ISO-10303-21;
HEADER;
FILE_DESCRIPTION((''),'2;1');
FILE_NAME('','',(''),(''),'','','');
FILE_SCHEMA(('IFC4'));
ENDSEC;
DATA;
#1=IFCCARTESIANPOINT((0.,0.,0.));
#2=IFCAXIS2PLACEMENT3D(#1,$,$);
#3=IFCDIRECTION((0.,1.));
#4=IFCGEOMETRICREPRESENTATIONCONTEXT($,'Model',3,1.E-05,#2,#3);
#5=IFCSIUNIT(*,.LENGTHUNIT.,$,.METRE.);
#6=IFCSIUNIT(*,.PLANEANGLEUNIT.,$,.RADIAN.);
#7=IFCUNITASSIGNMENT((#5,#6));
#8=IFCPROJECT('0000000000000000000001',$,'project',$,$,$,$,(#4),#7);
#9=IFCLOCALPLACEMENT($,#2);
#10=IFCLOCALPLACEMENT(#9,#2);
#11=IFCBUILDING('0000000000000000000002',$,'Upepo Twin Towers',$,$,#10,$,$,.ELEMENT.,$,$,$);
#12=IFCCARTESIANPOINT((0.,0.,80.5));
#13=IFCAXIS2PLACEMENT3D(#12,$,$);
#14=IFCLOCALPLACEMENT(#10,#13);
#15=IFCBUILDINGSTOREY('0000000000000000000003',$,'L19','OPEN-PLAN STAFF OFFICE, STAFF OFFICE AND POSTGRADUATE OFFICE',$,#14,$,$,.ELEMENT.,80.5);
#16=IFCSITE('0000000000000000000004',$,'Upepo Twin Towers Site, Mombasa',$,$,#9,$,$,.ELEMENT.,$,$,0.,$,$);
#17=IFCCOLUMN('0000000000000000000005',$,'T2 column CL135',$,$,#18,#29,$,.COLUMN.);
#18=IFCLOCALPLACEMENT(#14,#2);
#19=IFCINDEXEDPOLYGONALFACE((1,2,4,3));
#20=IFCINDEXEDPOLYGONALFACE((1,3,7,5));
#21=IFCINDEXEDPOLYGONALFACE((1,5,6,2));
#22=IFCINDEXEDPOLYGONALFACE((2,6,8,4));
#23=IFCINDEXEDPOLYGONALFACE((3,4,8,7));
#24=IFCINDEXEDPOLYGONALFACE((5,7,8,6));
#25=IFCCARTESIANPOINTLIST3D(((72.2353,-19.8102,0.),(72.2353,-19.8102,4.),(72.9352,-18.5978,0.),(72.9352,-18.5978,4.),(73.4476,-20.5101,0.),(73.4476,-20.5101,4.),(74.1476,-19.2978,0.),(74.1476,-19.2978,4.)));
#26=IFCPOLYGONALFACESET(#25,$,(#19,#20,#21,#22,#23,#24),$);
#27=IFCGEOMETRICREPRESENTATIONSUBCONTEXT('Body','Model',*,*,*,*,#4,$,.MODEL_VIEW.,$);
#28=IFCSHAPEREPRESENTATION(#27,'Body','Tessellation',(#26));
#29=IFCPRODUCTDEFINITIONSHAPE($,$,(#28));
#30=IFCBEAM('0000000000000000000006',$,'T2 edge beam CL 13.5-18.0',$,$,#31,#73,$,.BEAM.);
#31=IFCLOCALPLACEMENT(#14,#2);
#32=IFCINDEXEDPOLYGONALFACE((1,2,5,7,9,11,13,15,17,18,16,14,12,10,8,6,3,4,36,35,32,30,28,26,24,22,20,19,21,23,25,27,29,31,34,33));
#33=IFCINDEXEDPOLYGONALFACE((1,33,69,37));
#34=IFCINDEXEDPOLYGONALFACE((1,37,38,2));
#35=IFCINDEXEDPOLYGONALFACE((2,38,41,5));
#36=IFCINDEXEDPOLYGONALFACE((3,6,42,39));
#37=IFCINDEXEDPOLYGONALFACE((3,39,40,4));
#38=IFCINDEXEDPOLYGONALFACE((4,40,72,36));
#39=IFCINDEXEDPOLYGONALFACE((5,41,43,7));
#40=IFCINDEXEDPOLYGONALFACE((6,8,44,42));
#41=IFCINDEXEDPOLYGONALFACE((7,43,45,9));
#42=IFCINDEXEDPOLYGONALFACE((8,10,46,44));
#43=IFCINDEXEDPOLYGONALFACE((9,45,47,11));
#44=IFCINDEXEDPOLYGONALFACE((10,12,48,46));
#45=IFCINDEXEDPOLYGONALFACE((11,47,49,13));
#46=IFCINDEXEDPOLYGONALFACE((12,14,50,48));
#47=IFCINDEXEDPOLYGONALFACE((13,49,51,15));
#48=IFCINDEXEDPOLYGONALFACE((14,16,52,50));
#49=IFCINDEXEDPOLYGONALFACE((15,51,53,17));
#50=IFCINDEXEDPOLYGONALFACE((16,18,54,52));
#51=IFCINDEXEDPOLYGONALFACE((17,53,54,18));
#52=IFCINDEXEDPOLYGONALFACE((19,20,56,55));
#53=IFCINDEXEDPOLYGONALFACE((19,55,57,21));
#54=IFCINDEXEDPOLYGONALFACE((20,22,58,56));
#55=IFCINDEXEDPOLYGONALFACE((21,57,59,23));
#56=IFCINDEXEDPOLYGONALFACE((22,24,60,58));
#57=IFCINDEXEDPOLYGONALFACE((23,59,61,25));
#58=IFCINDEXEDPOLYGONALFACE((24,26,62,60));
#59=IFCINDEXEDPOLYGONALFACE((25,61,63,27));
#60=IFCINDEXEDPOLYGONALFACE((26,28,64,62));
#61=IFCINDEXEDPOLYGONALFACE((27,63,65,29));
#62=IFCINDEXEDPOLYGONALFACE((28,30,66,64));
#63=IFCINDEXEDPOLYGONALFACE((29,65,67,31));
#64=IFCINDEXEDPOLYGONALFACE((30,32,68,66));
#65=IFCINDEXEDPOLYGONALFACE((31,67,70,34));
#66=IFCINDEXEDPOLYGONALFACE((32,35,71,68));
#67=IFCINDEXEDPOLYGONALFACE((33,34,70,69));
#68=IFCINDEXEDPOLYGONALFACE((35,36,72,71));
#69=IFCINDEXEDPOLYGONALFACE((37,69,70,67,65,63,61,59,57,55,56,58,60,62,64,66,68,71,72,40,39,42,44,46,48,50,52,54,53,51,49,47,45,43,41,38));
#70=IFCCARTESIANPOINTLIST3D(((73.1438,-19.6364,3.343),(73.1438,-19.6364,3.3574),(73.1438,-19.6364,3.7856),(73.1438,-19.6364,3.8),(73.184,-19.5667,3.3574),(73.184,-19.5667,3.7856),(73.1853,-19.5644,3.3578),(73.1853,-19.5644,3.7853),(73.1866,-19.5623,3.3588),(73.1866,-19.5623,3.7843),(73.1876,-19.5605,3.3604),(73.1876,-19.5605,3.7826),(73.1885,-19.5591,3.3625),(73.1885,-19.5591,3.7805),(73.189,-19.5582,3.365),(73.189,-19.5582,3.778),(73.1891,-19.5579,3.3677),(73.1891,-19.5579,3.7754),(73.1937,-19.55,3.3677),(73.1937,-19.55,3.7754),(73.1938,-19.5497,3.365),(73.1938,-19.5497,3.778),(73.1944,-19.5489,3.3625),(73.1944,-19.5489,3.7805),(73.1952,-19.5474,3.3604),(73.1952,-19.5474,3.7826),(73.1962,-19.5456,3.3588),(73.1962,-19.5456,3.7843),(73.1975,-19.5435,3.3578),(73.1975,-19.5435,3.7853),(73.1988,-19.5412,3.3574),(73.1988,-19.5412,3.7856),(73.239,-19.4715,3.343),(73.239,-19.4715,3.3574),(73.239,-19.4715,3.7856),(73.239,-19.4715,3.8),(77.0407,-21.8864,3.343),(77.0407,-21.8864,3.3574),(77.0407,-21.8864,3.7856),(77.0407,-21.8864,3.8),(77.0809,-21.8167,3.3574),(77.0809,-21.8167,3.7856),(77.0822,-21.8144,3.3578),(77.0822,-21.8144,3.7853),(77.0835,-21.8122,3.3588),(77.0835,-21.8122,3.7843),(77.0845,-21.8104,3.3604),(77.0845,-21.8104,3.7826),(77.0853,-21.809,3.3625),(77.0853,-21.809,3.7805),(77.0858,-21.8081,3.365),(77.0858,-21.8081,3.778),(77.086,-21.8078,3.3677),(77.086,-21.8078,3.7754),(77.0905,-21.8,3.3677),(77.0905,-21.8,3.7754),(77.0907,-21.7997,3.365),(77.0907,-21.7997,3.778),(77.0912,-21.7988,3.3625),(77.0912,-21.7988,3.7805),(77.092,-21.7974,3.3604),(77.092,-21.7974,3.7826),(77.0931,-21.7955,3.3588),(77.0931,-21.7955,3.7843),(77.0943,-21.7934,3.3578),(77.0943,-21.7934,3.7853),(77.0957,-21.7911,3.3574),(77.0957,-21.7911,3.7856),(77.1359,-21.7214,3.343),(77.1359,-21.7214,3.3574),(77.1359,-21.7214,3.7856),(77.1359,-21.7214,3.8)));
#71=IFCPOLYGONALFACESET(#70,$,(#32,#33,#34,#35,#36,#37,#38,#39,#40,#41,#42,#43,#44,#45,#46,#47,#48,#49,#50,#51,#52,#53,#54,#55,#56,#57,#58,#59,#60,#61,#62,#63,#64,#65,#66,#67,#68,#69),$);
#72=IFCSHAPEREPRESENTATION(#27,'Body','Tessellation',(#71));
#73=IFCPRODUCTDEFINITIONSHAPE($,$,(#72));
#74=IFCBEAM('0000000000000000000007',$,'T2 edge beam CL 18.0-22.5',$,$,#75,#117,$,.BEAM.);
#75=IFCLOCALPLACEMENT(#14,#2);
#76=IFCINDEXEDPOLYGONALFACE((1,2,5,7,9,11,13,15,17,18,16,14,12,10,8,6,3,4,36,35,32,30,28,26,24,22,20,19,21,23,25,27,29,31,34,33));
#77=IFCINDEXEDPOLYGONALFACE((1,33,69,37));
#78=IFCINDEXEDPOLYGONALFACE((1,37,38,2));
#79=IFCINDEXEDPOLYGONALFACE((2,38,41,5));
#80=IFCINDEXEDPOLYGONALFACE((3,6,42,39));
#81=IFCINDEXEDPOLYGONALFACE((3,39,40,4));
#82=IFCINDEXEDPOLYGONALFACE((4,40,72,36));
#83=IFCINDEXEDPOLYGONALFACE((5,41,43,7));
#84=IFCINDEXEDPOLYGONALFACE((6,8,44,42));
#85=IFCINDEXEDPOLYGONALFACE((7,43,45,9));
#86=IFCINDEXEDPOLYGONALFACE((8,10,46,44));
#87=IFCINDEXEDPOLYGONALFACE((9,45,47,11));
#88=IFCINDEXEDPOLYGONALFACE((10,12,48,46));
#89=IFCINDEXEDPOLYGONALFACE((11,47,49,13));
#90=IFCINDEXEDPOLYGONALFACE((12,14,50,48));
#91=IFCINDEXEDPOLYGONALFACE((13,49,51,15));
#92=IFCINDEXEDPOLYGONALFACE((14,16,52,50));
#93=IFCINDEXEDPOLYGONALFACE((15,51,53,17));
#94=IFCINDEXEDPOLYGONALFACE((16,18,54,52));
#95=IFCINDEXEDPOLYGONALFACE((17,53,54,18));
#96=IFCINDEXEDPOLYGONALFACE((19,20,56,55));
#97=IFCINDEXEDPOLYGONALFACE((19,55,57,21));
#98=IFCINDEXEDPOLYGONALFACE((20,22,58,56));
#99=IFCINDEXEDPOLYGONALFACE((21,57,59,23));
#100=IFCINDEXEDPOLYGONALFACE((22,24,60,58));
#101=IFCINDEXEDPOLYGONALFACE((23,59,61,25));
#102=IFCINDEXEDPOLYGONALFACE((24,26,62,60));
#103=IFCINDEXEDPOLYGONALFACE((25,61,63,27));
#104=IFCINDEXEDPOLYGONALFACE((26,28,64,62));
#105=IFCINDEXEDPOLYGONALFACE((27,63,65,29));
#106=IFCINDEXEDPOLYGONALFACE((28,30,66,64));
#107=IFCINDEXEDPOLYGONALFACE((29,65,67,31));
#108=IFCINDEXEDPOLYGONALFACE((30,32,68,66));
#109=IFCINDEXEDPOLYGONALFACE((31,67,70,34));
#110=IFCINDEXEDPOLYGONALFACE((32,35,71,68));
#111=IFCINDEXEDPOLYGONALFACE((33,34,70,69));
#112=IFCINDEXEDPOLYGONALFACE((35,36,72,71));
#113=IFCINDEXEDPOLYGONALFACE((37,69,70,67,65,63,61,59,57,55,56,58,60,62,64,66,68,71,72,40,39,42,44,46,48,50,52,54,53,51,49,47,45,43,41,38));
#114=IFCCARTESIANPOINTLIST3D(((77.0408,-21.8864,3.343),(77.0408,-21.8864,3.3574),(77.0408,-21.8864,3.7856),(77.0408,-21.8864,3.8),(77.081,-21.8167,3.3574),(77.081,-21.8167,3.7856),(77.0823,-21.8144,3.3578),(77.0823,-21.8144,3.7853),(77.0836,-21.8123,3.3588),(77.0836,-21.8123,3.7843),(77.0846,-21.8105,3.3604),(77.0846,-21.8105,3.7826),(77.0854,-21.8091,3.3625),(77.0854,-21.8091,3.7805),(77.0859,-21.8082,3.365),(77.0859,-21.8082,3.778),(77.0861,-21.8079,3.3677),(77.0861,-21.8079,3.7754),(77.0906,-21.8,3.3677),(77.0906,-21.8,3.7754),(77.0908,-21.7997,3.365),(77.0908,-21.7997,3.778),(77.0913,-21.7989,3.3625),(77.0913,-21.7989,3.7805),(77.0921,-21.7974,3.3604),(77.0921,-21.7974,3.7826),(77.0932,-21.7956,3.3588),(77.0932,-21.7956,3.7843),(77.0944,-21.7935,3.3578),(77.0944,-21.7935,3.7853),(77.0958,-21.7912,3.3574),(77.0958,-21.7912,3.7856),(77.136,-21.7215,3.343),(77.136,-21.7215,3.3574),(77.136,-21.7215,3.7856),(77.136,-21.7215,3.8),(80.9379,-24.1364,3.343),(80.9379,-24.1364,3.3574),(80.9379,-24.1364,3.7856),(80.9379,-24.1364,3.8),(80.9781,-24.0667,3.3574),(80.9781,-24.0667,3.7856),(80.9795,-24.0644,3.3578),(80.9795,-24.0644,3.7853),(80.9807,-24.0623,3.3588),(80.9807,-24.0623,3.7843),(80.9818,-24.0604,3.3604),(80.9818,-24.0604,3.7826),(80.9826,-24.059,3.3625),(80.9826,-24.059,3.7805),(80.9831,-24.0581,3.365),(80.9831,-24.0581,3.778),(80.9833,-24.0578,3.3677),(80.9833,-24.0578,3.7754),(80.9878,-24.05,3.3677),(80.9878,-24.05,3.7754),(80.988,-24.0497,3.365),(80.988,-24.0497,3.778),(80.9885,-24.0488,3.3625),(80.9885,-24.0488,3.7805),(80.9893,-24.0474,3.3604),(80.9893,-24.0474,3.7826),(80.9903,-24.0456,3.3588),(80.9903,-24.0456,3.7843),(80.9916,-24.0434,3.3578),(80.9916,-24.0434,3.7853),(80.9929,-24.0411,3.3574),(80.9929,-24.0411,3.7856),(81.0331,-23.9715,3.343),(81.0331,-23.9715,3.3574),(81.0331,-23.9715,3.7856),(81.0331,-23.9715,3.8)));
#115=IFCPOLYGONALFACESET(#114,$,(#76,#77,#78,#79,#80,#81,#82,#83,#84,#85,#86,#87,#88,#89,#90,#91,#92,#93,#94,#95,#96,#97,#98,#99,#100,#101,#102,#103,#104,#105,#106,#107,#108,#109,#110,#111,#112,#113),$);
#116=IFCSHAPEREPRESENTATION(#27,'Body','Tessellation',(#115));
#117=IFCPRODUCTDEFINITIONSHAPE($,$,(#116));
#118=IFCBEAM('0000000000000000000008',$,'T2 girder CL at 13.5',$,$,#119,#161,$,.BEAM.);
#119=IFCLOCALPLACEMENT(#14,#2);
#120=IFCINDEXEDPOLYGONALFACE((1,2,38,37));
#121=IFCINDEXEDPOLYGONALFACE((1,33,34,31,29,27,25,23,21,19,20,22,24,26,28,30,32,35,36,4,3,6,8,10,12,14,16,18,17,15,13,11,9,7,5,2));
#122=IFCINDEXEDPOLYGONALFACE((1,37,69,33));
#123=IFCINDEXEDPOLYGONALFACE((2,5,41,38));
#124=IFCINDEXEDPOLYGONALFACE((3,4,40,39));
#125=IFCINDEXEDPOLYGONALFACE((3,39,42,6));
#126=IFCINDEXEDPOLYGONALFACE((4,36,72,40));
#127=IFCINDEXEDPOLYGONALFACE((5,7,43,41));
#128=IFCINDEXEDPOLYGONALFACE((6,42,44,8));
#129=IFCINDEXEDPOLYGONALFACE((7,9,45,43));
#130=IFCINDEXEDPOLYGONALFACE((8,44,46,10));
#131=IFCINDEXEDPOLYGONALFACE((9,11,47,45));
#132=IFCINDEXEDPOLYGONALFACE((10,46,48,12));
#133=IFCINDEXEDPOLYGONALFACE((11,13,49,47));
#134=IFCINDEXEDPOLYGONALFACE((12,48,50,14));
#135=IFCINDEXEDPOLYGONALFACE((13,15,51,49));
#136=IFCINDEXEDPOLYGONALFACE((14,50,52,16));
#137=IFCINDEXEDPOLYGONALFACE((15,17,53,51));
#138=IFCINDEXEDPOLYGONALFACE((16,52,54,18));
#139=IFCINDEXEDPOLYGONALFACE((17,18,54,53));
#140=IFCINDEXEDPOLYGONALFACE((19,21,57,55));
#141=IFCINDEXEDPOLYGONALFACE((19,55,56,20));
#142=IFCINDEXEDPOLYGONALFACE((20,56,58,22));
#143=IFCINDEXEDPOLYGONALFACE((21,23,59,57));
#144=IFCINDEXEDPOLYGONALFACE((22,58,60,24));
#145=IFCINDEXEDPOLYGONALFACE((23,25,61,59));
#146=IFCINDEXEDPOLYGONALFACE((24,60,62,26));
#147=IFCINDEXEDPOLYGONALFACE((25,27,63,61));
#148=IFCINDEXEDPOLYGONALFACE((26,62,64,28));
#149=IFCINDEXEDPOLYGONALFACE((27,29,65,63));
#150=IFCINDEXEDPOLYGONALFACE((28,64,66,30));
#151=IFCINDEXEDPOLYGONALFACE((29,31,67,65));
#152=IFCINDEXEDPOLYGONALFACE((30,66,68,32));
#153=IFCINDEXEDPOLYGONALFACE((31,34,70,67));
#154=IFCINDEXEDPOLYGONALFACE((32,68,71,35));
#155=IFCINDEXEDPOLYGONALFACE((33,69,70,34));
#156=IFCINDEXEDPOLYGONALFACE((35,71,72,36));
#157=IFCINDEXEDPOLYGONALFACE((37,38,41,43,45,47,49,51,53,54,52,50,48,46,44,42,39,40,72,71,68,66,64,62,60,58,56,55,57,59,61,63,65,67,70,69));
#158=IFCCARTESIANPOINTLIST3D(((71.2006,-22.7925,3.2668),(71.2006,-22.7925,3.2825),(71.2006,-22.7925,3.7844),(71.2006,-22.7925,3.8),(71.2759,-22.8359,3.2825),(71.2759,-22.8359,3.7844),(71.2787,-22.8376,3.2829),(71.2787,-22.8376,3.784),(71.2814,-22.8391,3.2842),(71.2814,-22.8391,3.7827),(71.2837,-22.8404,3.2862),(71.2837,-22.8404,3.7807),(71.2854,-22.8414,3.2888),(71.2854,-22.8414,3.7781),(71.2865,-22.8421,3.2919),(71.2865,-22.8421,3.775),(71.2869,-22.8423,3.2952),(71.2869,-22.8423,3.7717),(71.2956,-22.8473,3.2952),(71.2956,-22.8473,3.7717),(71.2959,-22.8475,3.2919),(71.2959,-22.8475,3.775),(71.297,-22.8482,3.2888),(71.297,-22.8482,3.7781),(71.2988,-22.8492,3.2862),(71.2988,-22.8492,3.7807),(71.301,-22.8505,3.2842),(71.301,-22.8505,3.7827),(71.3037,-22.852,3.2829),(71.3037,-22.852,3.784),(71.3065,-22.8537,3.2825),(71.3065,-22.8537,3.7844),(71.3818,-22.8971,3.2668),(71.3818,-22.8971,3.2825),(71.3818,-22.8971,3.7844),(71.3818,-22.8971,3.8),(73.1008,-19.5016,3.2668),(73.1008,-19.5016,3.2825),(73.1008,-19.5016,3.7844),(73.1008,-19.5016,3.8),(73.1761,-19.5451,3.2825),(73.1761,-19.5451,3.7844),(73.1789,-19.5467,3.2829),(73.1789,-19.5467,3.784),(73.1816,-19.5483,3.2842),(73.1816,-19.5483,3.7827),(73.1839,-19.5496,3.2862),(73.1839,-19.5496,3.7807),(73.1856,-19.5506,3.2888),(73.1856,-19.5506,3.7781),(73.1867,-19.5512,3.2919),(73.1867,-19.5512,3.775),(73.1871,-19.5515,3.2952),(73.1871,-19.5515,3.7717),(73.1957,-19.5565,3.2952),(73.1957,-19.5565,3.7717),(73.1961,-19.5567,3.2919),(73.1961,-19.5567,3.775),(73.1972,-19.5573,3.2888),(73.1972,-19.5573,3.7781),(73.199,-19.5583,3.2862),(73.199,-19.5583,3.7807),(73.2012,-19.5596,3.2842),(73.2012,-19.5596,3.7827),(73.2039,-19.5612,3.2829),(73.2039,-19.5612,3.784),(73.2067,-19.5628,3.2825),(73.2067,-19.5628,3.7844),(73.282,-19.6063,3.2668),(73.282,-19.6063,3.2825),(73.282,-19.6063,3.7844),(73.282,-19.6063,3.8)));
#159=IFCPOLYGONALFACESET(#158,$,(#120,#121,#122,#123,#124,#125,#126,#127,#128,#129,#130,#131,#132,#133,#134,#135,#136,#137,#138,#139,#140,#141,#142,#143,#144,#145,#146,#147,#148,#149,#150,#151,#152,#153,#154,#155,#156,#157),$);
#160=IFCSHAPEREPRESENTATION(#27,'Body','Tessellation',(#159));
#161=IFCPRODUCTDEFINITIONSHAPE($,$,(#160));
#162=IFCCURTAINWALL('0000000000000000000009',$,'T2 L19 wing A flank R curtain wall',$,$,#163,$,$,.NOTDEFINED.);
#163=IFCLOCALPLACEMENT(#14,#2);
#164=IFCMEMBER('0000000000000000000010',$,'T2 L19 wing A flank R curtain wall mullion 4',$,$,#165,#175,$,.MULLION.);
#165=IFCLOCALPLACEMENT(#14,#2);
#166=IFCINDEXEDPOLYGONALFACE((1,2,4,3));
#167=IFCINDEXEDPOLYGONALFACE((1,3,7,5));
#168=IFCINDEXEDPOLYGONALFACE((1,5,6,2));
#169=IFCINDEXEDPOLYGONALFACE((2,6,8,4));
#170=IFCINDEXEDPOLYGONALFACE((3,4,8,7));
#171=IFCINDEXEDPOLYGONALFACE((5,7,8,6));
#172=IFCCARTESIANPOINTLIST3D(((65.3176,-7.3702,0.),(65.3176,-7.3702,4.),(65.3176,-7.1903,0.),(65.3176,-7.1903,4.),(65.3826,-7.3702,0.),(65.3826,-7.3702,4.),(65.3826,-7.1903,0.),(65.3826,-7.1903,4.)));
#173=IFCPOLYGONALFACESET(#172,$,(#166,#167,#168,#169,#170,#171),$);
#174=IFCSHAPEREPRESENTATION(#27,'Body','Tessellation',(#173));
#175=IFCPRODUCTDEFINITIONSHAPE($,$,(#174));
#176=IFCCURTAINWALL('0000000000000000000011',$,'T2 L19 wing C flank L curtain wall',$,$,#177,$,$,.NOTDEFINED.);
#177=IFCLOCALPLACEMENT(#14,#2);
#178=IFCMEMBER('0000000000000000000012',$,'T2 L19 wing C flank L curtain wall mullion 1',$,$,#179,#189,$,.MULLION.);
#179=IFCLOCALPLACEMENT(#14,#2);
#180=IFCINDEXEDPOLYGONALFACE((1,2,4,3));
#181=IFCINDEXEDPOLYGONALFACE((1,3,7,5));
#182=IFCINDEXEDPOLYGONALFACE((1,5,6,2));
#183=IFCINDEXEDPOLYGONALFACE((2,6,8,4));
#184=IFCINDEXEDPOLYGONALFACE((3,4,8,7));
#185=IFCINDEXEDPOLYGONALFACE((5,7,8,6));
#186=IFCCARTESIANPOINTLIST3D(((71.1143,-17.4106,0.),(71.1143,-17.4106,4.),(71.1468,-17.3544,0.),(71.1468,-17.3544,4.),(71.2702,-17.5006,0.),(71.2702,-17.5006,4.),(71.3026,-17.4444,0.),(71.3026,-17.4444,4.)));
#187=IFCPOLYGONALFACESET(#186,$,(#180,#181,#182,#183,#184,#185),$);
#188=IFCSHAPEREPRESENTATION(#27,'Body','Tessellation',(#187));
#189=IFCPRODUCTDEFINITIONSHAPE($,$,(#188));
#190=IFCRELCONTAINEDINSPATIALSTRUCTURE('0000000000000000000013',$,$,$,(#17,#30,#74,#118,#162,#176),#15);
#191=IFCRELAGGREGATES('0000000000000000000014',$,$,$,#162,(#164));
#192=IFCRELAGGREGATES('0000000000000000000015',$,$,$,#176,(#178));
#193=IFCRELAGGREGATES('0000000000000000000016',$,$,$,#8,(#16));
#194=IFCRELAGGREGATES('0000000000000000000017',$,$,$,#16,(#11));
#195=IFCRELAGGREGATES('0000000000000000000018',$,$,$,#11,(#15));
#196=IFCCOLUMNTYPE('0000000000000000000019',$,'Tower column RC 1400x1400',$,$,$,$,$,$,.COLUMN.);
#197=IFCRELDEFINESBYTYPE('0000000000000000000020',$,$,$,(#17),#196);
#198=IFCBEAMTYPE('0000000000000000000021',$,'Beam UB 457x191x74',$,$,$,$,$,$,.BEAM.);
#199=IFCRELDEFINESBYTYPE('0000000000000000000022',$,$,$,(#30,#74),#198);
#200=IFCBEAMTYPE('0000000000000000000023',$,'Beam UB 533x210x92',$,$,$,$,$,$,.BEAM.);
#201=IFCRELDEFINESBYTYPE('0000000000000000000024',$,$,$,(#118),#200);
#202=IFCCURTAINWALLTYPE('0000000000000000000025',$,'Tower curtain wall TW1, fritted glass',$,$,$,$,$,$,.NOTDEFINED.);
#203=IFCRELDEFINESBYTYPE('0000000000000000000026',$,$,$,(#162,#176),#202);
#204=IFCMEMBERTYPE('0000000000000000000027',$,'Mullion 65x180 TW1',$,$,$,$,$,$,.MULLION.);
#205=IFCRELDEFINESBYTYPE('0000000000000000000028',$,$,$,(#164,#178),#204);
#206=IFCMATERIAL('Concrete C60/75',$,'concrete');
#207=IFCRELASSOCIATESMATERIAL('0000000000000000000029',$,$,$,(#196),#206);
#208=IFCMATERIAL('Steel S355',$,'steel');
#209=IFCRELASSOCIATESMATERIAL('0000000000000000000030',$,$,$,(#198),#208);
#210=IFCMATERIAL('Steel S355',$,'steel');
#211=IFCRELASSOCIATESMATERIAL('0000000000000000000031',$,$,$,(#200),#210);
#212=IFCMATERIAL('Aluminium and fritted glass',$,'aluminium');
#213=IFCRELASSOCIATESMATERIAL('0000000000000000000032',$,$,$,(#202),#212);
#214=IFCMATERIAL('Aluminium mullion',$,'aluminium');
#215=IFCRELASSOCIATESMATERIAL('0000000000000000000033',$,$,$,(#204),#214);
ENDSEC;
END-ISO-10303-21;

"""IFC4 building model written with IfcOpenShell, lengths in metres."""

from ifc_helpers import new_model, si_unit, direction, frame, origin, origin_2d, place, context, subcontext, project, spatial, rectangle, i_section, extrude, material, material_profile, profile_set, type_object, element, aggregate, save


model = new_model("IFC4")

# Units and contexts
model_context = context("Model", 3, precision=1e-05, world=origin(), true_north=direction((0.0, 1.0)))
body_context = subcontext(model_context, "Body", "Model", "MODEL_VIEW")
ifc_project = project(units=[si_unit("LENGTHUNIT", "METRE"), si_unit("PLANEANGLEUNIT", "RADIAN")], contexts=[model_context])

# Site, building, storey
site_placement = place(None, origin())
site = spatial("IfcSite", under=ifc_project, at=site_placement, Name="Upepo Twin Towers Site, Mombasa", CompositionType="ELEMENT", RefElevation=0.0)
building_placement = place(site_placement, origin())
building = spatial("IfcBuilding", under=site, at=building_placement, Name="Upepo Twin Towers", CompositionType="ELEMENT")
storey_placement = place(building_placement, frame((0.0, 0.0, 80.5)))
storey = spatial("IfcBuildingStorey", under=building, at=storey_placement, Name="L19", Description="OPEN-PLAN STAFF OFFICE, STAFF OFFICE AND POSTGRADUATE OFFICE", CompositionType="ELEMENT", Elevation=80.5)

# Column
ifc_material_1 = material(Name="Concrete C60/75", Category="concrete")
ifc_material_profile_1 = material_profile(ifc_material_1, rectangle(XDim=1.3999, YDim=1.3999, at=origin_2d()), Name="RC 1400x1400")
ifc_profile_set_1 = profile_set([ifc_material_profile_1], Name="Concrete C60/75")
column_type = type_object("IfcColumnType", Name="Tower column RC 1400x1400", PredefinedType="COLUMN", material=ifc_profile_set_1)
column_placement = place(storey_placement, frame((73.1914, -19.554, 0.0), z_axis=(0.0, 0.0, 1.0), x_axis=(0.5, 0.866025, 0.0)))
element("IfcColumn", 1, at=column_placement, inside=storey, type_object=column_type, Name="T2 column CL135", PredefinedType="COLUMN", context=body_context, shape_type="SweptSolid", body=[
    extrude(rectangle(XDim=1.3999, YDim=1.3999, at=origin_2d()), origin(), (0.0, 0.0, 1.0), 4.0),
])

# Beams
ifc_material_2 = material(Name="Steel S355", Category="steel")
ifc_material_profile_2 = material_profile(ifc_material_2, i_section(OverallWidth=0.1904, OverallDepth=0.457, WebThickness=0.009, FlangeThickness=0.0144, FilletRadius=0.0103, at=origin_2d()), Name="UB 457x191x74")
ifc_profile_set_2 = profile_set([ifc_material_profile_2], Name="Steel S355")
beam_type_1 = type_object("IfcBeamType", Name="Beam UB 457x191x74", PredefinedType="BEAM", material=ifc_profile_set_2)
beam_1_placement = place(storey_placement, frame((73.1914, -19.554, 3.5715), z_axis=(0.866018, -0.500014, 0.0), x_axis=(0.500014, 0.866018, 0.0)))
element("IfcBeam", 2, at=beam_1_placement, inside=storey, type_object=beam_type_1, Name="T2 edge beam CL 13.5-18.0", PredefinedType="BEAM", context=body_context, shape_type="SweptSolid", body=[
    extrude(i_section(OverallWidth=0.1904, OverallDepth=0.457, WebThickness=0.009, FlangeThickness=0.0144, FilletRadius=0.0103, at=origin_2d()), origin(), (0.0, 0.0, 1.0), 4.4998),
])
beam_2_placement = place(storey_placement, frame((77.0884, -21.804, 3.5715), z_axis=(0.866031, -0.49999, 0.0), x_axis=(0.49999, 0.866031, 0.0)))
element("IfcBeam", 3, at=beam_2_placement, inside=storey, type_object=beam_type_1, Name="T2 edge beam CL 18.0-22.5", PredefinedType="BEAM", context=body_context, shape_type="SweptSolid", body=[
    extrude(i_section(OverallWidth=0.1904, OverallDepth=0.457, WebThickness=0.009, FlangeThickness=0.0144, FilletRadius=0.0103, at=origin_2d()), origin(), (0.0, 0.0, 1.0), 4.5),
])
ifc_material_3 = material(Name="Steel S355", Category="steel")
ifc_material_profile_3 = material_profile(ifc_material_3, i_section(OverallWidth=0.2092, OverallDepth=0.5332, WebThickness=0.01, FlangeThickness=0.0156, FilletRadius=0.0127, at=origin_2d()), Name="UB 533x210x92")
ifc_profile_set_3 = profile_set([ifc_material_profile_3], Name="Steel S355")
beam_type_2 = type_object("IfcBeamType", Name="Beam UB 533x210x92", PredefinedType="BEAM", material=ifc_profile_set_3)
beam_3_placement = place(storey_placement, frame((73.1914, -19.554, 3.5334), z_axis=(-0.500043, -0.866, 0.0), x_axis=(0.866, -0.500043, 0.0)))
element("IfcBeam", 4, at=beam_3_placement, inside=storey, type_object=beam_type_2, Name="T2 girder CL at 13.5", PredefinedType="BEAM", context=body_context, shape_type="SweptSolid", body=[
    extrude(i_section(OverallWidth=0.2092, OverallDepth=0.5332, WebThickness=0.01, FlangeThickness=0.0156, FilletRadius=0.0127, at=origin_2d()), origin(), (0.0, 0.0, 1.0), 3.8),
])

# Curtain wall, member
ifc_material_4 = material(Name="Aluminium and fritted glass", Category="aluminium")
curtain_wall_type = type_object("IfcCurtainWallType", Name="Tower curtain wall TW1, fritted glass", PredefinedType="NOTDEFINED", material=ifc_material_4)
curtain_wall_1_placement = place(storey_placement, origin())
curtain_wall_1 = element("IfcCurtainWall", 5, at=curtain_wall_1_placement, inside=storey, type_object=curtain_wall_type, Name="T2 L19 wing A flank R curtain wall", PredefinedType="NOTDEFINED")
ifc_material_5 = material(Name="Aluminium mullion", Category="aluminium")
ifc_material_profile_4 = material_profile(ifc_material_5, rectangle(XDim=0.0649, YDim=0.1799, at=origin_2d()), Name="MULLION 65x180")
ifc_profile_set_4 = profile_set([ifc_material_profile_4], Name="Aluminium mullion")
member_type_1 = type_object("IfcMemberType", Name="Mullion 65x180 TW1", PredefinedType="MULLION", material=ifc_profile_set_4)
member_1_placement = place(storey_placement, frame((65.3501, -7.2803, 0.0), z_axis=(0.0, 0.0, 1.0), x_axis=(1.0, 0.0, 0.0)))
member_1 = element("IfcMember", 6, at=member_1_placement, type_object=member_type_1, Name="T2 L19 wing A flank R curtain wall mullion 4", PredefinedType="MULLION", context=body_context, shape_type="SweptSolid", body=[
    extrude(rectangle(XDim=0.0649, YDim=0.1799, at=origin_2d()), origin(), (0.0, 0.0, 1.0), 4.0),
])

# Curtain wall, member
curtain_wall_2_placement = place(storey_placement, origin())
curtain_wall_2 = element("IfcCurtainWall", 7, at=curtain_wall_2_placement, inside=storey, type_object=curtain_wall_type, Name="T2 L19 wing C flank L curtain wall", PredefinedType="NOTDEFINED")
member_2_placement = place(storey_placement, frame((71.2085, -17.4275, 0.0), z_axis=(0.0, 0.0, 1.0), x_axis=(0.5, 0.866025, 0.0)))
member_2 = element("IfcMember", 8, at=member_2_placement, type_object=member_type_1, Name="T2 L19 wing C flank L curtain wall mullion 1", PredefinedType="MULLION", context=body_context, shape_type="SweptSolid", body=[
    extrude(rectangle(XDim=0.0649, YDim=0.1799, at=origin_2d()), origin(), (0.0, 0.0, 1.0), 4.0),
])

aggregate(curtain_wall_1, [member_1])
aggregate(curtain_wall_2, [member_2])

save(model, "model.ifc")
